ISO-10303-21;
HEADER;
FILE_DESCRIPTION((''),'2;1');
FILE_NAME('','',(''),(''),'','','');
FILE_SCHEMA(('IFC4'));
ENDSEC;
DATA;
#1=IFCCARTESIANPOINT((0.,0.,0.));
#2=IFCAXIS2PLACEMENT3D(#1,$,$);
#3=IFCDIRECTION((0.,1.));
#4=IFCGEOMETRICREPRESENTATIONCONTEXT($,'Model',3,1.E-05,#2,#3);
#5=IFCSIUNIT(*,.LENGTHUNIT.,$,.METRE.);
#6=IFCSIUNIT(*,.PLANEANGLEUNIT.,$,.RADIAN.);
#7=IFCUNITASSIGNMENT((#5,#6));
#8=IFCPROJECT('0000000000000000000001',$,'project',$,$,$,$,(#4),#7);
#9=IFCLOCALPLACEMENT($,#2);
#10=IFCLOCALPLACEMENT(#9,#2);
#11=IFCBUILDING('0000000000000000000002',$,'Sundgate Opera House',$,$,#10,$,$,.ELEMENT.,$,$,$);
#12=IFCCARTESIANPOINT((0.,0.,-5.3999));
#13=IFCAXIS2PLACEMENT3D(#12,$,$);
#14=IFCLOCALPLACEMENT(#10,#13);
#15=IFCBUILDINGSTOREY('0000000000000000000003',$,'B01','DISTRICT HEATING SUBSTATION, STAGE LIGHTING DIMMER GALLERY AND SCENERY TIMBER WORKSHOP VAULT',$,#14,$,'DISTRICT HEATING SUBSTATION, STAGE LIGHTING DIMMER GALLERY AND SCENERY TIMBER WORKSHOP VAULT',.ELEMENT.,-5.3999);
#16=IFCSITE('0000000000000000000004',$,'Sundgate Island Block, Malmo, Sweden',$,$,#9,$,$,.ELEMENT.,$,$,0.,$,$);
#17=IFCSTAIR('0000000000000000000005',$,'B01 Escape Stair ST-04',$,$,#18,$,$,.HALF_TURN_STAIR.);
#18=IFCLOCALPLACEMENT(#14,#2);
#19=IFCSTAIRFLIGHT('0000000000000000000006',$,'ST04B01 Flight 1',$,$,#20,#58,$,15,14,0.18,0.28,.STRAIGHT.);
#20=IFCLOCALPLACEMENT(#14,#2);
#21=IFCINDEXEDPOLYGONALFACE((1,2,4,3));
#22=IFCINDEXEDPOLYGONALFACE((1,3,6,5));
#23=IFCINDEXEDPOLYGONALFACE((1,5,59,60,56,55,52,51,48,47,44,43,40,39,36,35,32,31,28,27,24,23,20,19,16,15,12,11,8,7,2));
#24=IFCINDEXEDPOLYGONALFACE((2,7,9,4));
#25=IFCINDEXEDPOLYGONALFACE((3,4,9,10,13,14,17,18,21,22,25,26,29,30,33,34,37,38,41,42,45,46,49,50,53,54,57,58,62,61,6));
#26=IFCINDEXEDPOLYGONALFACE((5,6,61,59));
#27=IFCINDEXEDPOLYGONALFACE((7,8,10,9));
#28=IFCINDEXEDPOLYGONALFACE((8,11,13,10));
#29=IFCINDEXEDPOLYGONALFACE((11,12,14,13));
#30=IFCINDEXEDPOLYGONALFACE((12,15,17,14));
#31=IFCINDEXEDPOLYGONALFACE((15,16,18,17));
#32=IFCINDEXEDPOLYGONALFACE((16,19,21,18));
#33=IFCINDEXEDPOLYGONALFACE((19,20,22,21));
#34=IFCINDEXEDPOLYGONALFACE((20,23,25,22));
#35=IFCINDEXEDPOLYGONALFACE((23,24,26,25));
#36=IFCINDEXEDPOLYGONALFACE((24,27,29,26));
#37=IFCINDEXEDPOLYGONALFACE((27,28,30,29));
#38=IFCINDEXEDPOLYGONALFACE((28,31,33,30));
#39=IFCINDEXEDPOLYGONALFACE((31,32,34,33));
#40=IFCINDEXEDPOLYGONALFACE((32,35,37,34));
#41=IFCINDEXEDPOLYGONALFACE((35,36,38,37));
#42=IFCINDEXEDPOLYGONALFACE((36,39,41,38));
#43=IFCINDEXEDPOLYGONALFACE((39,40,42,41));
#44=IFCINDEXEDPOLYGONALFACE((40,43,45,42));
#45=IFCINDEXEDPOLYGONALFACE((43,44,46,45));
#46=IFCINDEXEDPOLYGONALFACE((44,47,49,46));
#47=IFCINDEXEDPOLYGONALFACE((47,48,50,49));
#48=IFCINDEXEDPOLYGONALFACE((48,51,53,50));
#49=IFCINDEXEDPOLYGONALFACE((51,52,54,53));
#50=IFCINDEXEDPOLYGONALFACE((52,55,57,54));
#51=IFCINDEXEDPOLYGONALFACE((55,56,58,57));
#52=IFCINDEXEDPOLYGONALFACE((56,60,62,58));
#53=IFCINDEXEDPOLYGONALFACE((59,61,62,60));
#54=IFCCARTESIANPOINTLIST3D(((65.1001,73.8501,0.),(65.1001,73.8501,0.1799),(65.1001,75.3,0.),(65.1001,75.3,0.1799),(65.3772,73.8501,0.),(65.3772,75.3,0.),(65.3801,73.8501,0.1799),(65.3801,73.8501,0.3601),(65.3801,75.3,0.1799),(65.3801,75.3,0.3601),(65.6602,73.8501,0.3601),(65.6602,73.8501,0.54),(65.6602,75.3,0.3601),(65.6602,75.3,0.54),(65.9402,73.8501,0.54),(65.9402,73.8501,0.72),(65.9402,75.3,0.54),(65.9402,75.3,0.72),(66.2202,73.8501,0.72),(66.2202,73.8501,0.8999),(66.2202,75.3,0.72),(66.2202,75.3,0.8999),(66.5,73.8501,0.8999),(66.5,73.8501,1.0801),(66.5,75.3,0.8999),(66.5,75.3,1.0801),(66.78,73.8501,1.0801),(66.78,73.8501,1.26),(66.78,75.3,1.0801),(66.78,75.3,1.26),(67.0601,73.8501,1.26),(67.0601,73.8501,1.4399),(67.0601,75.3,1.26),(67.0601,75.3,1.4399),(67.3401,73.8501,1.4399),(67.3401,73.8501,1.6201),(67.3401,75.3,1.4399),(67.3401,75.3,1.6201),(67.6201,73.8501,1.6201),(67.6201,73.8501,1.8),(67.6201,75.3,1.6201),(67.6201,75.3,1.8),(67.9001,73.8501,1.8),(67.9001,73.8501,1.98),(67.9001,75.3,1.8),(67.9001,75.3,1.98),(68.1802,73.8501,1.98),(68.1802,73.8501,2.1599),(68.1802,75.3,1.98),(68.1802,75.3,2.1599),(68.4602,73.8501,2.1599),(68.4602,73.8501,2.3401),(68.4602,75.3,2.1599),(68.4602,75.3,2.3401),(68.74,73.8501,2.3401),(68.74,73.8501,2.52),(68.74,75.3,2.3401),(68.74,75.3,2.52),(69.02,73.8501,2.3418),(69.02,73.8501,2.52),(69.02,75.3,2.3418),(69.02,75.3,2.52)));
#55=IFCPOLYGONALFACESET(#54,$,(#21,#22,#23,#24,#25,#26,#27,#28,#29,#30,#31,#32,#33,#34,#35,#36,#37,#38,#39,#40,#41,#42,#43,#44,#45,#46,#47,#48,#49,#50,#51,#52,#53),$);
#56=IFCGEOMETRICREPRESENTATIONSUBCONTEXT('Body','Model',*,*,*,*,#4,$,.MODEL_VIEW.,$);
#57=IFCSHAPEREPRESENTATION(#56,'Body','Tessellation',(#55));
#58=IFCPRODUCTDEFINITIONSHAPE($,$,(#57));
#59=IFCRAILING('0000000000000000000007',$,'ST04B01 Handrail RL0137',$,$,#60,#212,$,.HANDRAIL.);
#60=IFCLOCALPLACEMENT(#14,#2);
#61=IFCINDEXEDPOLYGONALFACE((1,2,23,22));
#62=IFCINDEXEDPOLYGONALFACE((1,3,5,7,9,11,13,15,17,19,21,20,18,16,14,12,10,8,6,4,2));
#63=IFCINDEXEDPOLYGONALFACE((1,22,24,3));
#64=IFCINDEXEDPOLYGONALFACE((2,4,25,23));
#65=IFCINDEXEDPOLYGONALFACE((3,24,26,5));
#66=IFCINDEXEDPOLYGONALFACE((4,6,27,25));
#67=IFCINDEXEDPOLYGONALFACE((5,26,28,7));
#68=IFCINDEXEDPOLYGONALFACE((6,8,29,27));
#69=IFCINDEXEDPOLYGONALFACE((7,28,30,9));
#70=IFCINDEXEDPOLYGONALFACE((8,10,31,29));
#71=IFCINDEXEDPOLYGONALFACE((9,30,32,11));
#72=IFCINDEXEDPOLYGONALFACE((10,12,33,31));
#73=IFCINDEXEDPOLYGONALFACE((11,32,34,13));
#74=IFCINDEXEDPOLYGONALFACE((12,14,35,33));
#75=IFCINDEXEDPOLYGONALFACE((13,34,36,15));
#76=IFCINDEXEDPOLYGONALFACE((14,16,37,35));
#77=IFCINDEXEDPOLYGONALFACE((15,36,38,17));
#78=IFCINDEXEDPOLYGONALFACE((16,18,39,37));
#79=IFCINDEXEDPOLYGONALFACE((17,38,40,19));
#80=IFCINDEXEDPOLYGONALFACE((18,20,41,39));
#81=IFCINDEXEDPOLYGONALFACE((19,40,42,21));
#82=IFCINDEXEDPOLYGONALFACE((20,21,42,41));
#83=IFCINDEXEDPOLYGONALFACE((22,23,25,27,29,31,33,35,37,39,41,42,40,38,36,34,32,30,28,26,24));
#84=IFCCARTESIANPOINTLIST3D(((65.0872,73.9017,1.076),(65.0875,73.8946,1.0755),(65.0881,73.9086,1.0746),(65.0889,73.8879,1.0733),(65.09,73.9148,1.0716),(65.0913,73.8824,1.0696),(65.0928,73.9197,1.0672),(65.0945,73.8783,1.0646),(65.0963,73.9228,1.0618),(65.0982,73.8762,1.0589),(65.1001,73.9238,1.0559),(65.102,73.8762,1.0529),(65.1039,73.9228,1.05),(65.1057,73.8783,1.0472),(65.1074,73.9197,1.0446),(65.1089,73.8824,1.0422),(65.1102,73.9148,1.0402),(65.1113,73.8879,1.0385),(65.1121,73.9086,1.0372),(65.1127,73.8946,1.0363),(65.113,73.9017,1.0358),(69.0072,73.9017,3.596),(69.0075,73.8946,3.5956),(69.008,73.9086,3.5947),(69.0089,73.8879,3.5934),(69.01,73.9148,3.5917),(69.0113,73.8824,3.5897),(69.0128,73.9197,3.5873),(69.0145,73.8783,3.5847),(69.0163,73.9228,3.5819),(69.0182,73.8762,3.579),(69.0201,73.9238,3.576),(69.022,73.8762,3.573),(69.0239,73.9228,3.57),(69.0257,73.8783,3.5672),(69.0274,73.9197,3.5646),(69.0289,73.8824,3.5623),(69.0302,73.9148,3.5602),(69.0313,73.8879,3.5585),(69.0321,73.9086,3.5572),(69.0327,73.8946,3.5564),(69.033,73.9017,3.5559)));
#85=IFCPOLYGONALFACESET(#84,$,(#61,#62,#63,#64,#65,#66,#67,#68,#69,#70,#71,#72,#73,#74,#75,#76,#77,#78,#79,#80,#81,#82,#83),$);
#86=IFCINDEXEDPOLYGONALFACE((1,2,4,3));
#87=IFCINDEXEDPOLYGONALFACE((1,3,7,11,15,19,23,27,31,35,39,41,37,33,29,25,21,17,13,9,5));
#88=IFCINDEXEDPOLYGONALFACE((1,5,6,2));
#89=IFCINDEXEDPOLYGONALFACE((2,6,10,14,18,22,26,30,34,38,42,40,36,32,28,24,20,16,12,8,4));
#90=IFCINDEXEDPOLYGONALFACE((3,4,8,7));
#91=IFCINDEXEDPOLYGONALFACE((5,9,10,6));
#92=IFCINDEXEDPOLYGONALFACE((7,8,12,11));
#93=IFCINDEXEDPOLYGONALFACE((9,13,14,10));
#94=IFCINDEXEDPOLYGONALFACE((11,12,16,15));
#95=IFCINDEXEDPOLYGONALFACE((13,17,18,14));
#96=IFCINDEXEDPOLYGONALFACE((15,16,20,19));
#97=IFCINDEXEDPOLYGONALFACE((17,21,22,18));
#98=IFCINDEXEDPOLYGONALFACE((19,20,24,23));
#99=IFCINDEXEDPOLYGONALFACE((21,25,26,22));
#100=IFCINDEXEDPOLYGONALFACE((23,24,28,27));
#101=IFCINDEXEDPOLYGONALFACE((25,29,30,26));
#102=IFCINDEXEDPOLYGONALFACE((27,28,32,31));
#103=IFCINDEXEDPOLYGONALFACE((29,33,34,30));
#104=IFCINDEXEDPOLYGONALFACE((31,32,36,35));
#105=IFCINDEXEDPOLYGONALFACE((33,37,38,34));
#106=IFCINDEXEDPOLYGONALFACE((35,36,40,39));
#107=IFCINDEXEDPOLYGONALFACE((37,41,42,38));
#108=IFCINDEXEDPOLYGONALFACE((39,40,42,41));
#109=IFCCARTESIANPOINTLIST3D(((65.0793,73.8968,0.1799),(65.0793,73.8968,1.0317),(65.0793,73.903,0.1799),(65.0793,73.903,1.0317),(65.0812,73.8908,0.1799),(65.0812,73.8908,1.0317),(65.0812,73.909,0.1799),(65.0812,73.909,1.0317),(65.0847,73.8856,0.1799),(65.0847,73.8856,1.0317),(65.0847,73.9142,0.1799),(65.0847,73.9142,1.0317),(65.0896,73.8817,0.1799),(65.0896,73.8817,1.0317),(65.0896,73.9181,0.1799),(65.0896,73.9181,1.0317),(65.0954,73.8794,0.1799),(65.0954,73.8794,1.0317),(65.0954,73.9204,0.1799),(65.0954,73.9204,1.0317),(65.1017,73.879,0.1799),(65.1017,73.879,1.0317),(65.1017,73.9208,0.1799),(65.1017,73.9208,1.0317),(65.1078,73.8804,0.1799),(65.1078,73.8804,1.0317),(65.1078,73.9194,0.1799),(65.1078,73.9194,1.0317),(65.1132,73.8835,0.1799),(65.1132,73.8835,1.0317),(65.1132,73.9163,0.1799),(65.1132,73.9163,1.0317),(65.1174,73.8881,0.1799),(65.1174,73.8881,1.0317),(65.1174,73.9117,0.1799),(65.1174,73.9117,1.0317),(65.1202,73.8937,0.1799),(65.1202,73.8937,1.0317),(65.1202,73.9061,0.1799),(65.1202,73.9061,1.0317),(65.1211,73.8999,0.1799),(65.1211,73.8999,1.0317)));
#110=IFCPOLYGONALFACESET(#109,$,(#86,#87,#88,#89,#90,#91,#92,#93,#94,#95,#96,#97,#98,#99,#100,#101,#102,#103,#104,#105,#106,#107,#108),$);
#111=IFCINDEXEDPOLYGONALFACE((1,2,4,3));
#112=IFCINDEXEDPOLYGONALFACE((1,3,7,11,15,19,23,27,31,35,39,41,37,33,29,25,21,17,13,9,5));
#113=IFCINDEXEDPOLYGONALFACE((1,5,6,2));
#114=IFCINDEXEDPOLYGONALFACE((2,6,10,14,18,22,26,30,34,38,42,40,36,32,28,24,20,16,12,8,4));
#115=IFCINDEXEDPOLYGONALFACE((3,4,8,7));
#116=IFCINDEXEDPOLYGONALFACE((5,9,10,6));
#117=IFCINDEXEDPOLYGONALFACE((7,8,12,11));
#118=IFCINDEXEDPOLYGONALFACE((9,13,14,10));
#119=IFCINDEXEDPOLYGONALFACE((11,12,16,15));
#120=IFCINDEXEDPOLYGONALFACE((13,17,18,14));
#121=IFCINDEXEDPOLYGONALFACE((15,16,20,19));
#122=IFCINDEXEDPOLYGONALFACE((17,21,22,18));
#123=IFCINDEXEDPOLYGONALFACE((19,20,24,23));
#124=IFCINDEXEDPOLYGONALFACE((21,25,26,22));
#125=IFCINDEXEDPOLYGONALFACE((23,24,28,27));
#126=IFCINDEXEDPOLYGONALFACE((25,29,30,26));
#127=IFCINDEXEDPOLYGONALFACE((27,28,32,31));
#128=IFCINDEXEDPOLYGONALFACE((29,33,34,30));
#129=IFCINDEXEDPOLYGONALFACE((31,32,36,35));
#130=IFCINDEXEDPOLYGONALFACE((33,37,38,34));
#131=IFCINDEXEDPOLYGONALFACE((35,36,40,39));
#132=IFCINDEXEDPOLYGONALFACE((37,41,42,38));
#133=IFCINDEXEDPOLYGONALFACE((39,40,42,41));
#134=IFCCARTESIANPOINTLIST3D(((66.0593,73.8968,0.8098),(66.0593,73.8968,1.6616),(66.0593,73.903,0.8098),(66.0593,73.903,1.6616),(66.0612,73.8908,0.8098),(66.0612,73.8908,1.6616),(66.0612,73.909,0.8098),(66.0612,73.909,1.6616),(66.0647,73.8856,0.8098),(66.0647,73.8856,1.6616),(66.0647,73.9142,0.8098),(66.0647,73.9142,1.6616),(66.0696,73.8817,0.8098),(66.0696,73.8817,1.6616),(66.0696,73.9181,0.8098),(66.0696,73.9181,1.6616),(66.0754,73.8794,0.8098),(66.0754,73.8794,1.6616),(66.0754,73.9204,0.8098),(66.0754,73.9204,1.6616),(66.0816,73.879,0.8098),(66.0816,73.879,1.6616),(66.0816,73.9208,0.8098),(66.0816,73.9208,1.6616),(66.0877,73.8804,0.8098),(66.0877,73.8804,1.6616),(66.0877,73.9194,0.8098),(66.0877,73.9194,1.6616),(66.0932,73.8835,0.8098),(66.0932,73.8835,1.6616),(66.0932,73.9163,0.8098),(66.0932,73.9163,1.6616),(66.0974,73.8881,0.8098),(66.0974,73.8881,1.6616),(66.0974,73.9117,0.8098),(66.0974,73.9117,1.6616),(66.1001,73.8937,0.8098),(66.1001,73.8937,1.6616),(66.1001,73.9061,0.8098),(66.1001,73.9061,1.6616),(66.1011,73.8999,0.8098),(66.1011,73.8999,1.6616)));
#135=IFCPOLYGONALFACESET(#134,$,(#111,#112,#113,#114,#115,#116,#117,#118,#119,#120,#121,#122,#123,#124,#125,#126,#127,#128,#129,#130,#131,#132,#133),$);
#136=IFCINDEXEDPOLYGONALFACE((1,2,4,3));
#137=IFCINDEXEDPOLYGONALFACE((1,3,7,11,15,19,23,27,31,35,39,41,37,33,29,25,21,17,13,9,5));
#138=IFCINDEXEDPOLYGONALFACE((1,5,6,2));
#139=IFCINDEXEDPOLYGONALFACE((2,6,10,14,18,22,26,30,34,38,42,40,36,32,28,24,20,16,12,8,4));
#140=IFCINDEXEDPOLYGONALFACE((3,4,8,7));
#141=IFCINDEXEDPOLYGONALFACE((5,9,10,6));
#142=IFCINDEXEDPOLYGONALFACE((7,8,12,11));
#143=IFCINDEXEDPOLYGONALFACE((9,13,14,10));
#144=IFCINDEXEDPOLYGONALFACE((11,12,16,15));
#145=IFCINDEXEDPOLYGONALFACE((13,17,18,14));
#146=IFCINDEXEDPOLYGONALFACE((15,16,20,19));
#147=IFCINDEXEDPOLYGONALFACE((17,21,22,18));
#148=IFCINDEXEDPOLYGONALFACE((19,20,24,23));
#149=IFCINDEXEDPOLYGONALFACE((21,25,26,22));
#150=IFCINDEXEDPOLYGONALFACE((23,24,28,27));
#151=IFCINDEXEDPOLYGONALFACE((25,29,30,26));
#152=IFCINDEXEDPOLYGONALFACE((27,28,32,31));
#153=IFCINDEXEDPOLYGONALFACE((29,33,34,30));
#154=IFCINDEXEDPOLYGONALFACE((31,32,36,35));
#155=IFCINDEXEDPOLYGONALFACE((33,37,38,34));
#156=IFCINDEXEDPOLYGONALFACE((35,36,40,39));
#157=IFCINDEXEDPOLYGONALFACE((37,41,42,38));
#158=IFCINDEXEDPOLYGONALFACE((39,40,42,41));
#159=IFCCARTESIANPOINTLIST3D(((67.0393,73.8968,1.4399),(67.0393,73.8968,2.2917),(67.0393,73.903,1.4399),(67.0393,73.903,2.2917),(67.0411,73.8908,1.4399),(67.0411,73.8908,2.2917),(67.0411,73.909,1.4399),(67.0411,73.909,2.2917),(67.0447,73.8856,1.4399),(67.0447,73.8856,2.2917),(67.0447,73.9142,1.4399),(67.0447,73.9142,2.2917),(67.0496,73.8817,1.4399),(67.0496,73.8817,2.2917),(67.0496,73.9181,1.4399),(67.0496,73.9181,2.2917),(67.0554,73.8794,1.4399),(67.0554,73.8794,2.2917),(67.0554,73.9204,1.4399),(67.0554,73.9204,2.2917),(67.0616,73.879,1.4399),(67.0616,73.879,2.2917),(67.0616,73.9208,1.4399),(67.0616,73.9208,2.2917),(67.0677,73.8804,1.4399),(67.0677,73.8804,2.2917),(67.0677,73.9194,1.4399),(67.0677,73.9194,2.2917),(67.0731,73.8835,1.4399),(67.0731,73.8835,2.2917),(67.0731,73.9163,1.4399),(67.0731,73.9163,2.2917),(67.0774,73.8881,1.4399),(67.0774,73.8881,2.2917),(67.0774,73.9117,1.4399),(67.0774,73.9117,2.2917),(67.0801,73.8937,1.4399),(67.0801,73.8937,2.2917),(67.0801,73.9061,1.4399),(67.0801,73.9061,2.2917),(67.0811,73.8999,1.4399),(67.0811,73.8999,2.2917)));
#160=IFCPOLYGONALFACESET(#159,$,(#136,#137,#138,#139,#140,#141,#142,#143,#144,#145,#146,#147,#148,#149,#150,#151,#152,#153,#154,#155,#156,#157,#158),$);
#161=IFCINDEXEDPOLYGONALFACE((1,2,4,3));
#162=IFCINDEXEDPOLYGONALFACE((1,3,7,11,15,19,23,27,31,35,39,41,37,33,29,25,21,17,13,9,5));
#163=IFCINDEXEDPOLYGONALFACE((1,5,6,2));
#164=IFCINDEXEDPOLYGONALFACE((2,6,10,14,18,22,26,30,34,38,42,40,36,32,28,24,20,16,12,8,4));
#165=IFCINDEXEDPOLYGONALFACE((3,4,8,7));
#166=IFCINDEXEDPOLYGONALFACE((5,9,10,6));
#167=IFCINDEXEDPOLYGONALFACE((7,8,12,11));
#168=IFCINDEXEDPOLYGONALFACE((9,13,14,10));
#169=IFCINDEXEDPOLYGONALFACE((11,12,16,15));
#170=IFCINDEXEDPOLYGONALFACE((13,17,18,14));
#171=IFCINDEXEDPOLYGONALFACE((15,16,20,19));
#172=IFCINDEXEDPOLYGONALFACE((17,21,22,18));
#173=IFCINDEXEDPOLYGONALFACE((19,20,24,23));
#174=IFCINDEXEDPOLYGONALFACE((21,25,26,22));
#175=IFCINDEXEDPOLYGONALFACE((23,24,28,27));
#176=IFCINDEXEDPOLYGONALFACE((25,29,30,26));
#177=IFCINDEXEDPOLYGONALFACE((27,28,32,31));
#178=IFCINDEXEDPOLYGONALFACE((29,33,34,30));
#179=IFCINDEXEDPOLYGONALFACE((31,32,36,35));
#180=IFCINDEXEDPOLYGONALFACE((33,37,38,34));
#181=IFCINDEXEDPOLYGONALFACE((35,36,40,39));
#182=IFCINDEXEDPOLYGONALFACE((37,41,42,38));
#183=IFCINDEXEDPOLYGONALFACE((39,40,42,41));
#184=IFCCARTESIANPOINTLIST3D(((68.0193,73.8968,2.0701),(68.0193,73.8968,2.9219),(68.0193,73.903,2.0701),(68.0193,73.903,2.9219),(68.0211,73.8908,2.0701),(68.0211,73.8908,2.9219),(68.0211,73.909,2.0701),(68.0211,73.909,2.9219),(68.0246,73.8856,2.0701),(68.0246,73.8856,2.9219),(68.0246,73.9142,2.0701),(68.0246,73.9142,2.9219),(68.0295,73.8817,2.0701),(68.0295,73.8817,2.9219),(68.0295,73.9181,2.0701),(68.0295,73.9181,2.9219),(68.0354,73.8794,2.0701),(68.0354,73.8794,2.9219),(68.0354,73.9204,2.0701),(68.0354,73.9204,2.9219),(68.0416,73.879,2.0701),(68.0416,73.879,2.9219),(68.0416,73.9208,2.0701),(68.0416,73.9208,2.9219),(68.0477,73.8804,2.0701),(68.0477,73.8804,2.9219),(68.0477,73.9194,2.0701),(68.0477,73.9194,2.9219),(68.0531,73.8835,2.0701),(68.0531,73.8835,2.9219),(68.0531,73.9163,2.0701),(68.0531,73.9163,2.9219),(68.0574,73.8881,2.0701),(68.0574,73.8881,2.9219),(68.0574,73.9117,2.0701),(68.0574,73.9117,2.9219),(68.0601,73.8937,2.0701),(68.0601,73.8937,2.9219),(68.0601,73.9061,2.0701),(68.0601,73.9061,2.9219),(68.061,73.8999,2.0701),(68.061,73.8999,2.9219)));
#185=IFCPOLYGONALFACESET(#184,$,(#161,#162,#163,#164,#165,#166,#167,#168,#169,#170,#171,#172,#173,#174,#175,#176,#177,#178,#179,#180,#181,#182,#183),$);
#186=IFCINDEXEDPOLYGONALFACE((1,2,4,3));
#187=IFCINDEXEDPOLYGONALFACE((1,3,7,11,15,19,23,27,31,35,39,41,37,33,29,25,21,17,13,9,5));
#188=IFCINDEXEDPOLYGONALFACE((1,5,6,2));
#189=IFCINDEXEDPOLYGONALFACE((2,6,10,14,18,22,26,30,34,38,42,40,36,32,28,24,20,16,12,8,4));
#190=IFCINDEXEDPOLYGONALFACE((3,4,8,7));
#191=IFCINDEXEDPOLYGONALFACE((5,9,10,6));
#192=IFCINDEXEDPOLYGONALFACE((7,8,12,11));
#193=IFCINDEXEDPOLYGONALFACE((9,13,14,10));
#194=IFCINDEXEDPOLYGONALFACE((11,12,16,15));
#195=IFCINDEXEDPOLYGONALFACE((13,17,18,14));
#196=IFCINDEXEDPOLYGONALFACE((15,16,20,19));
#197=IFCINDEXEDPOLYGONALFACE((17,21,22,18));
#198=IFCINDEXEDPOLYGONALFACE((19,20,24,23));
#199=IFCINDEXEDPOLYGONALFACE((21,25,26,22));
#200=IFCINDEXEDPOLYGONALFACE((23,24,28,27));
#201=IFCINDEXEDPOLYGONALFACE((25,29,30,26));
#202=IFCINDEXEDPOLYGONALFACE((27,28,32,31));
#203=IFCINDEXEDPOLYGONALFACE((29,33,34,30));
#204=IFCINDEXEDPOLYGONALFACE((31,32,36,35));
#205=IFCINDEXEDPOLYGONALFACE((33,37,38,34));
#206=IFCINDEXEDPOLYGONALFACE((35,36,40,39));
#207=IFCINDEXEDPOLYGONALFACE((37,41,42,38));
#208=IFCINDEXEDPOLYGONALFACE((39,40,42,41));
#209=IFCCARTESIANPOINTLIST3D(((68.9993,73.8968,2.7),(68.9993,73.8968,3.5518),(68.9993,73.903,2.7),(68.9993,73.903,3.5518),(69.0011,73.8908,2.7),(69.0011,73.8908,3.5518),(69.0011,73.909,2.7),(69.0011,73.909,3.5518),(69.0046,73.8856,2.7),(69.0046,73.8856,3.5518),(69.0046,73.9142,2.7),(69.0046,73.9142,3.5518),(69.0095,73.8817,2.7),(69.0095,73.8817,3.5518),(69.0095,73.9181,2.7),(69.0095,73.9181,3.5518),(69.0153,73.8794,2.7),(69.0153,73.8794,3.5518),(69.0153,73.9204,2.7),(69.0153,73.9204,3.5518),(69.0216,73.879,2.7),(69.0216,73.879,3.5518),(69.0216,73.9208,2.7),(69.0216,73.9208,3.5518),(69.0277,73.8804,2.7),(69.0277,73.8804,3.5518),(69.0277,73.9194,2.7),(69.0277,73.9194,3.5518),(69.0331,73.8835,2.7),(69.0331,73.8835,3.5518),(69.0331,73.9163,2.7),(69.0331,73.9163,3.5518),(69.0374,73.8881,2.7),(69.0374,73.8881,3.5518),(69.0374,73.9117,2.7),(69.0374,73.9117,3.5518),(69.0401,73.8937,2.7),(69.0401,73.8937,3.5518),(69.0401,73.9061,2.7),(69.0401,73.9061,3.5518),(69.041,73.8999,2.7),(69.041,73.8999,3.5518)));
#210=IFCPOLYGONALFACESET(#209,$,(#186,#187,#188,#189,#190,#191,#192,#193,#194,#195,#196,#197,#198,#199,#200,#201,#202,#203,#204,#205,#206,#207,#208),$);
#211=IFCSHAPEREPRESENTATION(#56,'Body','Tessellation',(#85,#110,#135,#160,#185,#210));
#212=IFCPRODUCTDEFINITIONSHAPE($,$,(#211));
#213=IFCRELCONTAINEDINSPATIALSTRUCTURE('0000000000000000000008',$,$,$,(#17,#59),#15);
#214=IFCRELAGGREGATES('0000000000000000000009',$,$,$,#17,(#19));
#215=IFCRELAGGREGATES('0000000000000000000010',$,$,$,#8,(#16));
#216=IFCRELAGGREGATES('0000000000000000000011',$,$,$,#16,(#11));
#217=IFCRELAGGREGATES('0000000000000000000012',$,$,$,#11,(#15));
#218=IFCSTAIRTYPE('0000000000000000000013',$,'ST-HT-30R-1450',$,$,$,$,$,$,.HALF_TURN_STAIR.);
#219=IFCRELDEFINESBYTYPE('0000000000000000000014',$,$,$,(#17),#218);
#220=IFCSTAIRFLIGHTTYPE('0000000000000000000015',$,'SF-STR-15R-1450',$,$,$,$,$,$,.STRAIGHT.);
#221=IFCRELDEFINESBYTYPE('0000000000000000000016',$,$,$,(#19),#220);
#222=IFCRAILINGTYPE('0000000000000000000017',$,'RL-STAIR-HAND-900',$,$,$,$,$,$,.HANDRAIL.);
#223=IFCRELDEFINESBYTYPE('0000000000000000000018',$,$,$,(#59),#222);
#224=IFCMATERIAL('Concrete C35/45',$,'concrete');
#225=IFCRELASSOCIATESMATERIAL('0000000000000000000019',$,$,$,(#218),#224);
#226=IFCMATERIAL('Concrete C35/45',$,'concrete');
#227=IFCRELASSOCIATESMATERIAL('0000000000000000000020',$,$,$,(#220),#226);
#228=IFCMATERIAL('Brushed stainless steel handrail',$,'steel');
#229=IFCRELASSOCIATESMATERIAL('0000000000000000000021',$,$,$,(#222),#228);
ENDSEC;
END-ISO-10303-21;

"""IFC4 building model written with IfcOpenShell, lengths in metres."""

from ifc_helpers import new_model, si_unit, direction, frame, origin, origin_2d, place, context, subcontext, project, spatial, polyline, circle, outline, extrude, material, type_object, element, aggregate, save


model = new_model("IFC4")

# Units and contexts
model_context = context("Model", 3, precision=1e-05, world=origin(), true_north=direction((0.0, 1.0)))
body_context = subcontext(model_context, "Body", "Model", "MODEL_VIEW")
ifc_project = project(units=[si_unit("LENGTHUNIT", "METRE"), si_unit("PLANEANGLEUNIT", "RADIAN")], contexts=[model_context])

# Site, building, storey
site_placement = place(None, origin())
site = spatial("IfcSite", under=ifc_project, at=site_placement, Name="Sundgate Island Block, Malmo, Sweden", CompositionType="ELEMENT", RefElevation=0.0)
building_placement = place(site_placement, origin())
building = spatial("IfcBuilding", under=site, at=building_placement, Name="Sundgate Opera House", CompositionType="ELEMENT")
storey_placement = place(building_placement, frame((0.0, 0.0, -5.3999)))
storey = spatial("IfcBuildingStorey", under=building, at=storey_placement, Name="B01", Description="DISTRICT HEATING SUBSTATION, STAGE LIGHTING DIMMER GALLERY AND SCENERY TIMBER WORKSHOP VAULT", LongName="DISTRICT HEATING SUBSTATION, STAGE LIGHTING DIMMER GALLERY AND SCENERY TIMBER WORKSHOP VAULT", CompositionType="ELEMENT", Elevation=-5.3999)

# Stair, stair flight
ifc_material_1 = material(Name="Concrete C35/45", Category="concrete")
stair_type = type_object("IfcStairType", Name="ST-HT-30R-1450", PredefinedType="HALF_TURN_STAIR", material=ifc_material_1)
stair_placement = place(storey_placement, origin())
stair = element("IfcStair", 1, at=stair_placement, inside=storey, type_object=stair_type, Name="B01 Escape Stair ST-04", PredefinedType="HALF_TURN_STAIR")
ifc_material_2 = material(Name="Concrete C35/45", Category="concrete")
stair_flight_type = type_object("IfcStairFlightType", Name="SF-STR-15R-1450", PredefinedType="STRAIGHT", material=ifc_material_2)
stair_flight_placement = place(storey_placement, frame((65.1001, 74.575, 0.0), z_axis=(0.0, 0.0, 1.0), x_axis=(1.0, 0.0, 0.0)))
stair_flight = element("IfcStairFlight", 2, at=stair_flight_placement, type_object=stair_flight_type, Name="ST04B01 Flight 1", NumberOfRisers=15, NumberOfTreads=14, PredefinedType="STRAIGHT", RiserHeight=0.18, TreadLength=0.28, context=body_context, shape_type="SweptSolid", body=[
    extrude(outline(polyline([(0.0, 0.0), (0.0, 0.1799), (0.28, 0.1799), (0.28, 0.3601), (0.5601, 0.3601), (0.5601, 0.54), (0.8401, 0.54), (0.8401, 0.72), (1.1201, 0.72), (1.1201, 0.8999), (1.3999, 0.8999), (1.3999, 1.0801), (1.6799, 1.0801), (1.6799, 1.26), (1.96, 1.26), (1.96, 1.4399), (2.24, 1.4399), (2.24, 1.6201), (2.52, 1.6201), (2.52, 1.8), (2.8, 1.8), (2.8, 1.98), (3.0801, 1.98), (3.0801, 2.1599), (3.3601, 2.1599), (3.3601, 2.3401), (3.6399, 2.3401), (3.6399, 2.52), (3.9199, 2.52), (3.9199, 2.7), (3.9199, 2.3418), (0.2771, 0.0), (0.0, 0.0)])), frame((0.0, 0.7251, 0.0), z_axis=(0.0, -1.0, 0.0), x_axis=(1.0, 0.0, 0.0)), (0.0, 0.0, 1.0), 1.45),
])
aggregate(stair, [stair_flight])

# Railing
ifc_material_3 = material(Name="Brushed stainless steel handrail", Category="steel")
railing_type = type_object("IfcRailingType", Name="RL-STAIR-HAND-900", PredefinedType="HANDRAIL", material=ifc_material_3)
railing_placement = place(storey_placement, frame((65.1001, 73.8999, 0.1799)))
element("IfcRailing", 3, at=railing_placement, inside=storey, type_object=railing_type, Name="ST04B01 Handrail RL0137", PredefinedType="HANDRAIL", context=body_context, shape_type="SweptSolid", body=[
    extrude(circle(Radius=0.0239, at=origin_2d()), frame((0.0, 0.0, 0.876), z_axis=(0.841172, 0.0, 0.540768), x_axis=(0.0, 1.0, 0.0)), (0.0, 0.0, 1.0), 4.6602),
    extrude(circle(Radius=0.021, at=origin_2d()), origin(), (0.0, 0.0, 1.0), 0.8518),
    extrude(circle(Radius=0.021, at=origin_2d()), frame((0.98, 0.0, 0.6299)), (0.0, 0.0, 1.0), 0.8518),
    extrude(circle(Radius=0.021, at=origin_2d()), frame((1.96, 0.0, 1.26)), (0.0, 0.0, 1.0), 0.8518),
    extrude(circle(Radius=0.021, at=origin_2d()), frame((2.9399, 0.0, 1.8901)), (0.0, 0.0, 1.0), 0.8518),
    extrude(circle(Radius=0.021, at=origin_2d()), frame((3.9199, 0.0, 2.52)), (0.0, 0.0, 1.0), 0.8518),
])

save(model, "model.ifc")
